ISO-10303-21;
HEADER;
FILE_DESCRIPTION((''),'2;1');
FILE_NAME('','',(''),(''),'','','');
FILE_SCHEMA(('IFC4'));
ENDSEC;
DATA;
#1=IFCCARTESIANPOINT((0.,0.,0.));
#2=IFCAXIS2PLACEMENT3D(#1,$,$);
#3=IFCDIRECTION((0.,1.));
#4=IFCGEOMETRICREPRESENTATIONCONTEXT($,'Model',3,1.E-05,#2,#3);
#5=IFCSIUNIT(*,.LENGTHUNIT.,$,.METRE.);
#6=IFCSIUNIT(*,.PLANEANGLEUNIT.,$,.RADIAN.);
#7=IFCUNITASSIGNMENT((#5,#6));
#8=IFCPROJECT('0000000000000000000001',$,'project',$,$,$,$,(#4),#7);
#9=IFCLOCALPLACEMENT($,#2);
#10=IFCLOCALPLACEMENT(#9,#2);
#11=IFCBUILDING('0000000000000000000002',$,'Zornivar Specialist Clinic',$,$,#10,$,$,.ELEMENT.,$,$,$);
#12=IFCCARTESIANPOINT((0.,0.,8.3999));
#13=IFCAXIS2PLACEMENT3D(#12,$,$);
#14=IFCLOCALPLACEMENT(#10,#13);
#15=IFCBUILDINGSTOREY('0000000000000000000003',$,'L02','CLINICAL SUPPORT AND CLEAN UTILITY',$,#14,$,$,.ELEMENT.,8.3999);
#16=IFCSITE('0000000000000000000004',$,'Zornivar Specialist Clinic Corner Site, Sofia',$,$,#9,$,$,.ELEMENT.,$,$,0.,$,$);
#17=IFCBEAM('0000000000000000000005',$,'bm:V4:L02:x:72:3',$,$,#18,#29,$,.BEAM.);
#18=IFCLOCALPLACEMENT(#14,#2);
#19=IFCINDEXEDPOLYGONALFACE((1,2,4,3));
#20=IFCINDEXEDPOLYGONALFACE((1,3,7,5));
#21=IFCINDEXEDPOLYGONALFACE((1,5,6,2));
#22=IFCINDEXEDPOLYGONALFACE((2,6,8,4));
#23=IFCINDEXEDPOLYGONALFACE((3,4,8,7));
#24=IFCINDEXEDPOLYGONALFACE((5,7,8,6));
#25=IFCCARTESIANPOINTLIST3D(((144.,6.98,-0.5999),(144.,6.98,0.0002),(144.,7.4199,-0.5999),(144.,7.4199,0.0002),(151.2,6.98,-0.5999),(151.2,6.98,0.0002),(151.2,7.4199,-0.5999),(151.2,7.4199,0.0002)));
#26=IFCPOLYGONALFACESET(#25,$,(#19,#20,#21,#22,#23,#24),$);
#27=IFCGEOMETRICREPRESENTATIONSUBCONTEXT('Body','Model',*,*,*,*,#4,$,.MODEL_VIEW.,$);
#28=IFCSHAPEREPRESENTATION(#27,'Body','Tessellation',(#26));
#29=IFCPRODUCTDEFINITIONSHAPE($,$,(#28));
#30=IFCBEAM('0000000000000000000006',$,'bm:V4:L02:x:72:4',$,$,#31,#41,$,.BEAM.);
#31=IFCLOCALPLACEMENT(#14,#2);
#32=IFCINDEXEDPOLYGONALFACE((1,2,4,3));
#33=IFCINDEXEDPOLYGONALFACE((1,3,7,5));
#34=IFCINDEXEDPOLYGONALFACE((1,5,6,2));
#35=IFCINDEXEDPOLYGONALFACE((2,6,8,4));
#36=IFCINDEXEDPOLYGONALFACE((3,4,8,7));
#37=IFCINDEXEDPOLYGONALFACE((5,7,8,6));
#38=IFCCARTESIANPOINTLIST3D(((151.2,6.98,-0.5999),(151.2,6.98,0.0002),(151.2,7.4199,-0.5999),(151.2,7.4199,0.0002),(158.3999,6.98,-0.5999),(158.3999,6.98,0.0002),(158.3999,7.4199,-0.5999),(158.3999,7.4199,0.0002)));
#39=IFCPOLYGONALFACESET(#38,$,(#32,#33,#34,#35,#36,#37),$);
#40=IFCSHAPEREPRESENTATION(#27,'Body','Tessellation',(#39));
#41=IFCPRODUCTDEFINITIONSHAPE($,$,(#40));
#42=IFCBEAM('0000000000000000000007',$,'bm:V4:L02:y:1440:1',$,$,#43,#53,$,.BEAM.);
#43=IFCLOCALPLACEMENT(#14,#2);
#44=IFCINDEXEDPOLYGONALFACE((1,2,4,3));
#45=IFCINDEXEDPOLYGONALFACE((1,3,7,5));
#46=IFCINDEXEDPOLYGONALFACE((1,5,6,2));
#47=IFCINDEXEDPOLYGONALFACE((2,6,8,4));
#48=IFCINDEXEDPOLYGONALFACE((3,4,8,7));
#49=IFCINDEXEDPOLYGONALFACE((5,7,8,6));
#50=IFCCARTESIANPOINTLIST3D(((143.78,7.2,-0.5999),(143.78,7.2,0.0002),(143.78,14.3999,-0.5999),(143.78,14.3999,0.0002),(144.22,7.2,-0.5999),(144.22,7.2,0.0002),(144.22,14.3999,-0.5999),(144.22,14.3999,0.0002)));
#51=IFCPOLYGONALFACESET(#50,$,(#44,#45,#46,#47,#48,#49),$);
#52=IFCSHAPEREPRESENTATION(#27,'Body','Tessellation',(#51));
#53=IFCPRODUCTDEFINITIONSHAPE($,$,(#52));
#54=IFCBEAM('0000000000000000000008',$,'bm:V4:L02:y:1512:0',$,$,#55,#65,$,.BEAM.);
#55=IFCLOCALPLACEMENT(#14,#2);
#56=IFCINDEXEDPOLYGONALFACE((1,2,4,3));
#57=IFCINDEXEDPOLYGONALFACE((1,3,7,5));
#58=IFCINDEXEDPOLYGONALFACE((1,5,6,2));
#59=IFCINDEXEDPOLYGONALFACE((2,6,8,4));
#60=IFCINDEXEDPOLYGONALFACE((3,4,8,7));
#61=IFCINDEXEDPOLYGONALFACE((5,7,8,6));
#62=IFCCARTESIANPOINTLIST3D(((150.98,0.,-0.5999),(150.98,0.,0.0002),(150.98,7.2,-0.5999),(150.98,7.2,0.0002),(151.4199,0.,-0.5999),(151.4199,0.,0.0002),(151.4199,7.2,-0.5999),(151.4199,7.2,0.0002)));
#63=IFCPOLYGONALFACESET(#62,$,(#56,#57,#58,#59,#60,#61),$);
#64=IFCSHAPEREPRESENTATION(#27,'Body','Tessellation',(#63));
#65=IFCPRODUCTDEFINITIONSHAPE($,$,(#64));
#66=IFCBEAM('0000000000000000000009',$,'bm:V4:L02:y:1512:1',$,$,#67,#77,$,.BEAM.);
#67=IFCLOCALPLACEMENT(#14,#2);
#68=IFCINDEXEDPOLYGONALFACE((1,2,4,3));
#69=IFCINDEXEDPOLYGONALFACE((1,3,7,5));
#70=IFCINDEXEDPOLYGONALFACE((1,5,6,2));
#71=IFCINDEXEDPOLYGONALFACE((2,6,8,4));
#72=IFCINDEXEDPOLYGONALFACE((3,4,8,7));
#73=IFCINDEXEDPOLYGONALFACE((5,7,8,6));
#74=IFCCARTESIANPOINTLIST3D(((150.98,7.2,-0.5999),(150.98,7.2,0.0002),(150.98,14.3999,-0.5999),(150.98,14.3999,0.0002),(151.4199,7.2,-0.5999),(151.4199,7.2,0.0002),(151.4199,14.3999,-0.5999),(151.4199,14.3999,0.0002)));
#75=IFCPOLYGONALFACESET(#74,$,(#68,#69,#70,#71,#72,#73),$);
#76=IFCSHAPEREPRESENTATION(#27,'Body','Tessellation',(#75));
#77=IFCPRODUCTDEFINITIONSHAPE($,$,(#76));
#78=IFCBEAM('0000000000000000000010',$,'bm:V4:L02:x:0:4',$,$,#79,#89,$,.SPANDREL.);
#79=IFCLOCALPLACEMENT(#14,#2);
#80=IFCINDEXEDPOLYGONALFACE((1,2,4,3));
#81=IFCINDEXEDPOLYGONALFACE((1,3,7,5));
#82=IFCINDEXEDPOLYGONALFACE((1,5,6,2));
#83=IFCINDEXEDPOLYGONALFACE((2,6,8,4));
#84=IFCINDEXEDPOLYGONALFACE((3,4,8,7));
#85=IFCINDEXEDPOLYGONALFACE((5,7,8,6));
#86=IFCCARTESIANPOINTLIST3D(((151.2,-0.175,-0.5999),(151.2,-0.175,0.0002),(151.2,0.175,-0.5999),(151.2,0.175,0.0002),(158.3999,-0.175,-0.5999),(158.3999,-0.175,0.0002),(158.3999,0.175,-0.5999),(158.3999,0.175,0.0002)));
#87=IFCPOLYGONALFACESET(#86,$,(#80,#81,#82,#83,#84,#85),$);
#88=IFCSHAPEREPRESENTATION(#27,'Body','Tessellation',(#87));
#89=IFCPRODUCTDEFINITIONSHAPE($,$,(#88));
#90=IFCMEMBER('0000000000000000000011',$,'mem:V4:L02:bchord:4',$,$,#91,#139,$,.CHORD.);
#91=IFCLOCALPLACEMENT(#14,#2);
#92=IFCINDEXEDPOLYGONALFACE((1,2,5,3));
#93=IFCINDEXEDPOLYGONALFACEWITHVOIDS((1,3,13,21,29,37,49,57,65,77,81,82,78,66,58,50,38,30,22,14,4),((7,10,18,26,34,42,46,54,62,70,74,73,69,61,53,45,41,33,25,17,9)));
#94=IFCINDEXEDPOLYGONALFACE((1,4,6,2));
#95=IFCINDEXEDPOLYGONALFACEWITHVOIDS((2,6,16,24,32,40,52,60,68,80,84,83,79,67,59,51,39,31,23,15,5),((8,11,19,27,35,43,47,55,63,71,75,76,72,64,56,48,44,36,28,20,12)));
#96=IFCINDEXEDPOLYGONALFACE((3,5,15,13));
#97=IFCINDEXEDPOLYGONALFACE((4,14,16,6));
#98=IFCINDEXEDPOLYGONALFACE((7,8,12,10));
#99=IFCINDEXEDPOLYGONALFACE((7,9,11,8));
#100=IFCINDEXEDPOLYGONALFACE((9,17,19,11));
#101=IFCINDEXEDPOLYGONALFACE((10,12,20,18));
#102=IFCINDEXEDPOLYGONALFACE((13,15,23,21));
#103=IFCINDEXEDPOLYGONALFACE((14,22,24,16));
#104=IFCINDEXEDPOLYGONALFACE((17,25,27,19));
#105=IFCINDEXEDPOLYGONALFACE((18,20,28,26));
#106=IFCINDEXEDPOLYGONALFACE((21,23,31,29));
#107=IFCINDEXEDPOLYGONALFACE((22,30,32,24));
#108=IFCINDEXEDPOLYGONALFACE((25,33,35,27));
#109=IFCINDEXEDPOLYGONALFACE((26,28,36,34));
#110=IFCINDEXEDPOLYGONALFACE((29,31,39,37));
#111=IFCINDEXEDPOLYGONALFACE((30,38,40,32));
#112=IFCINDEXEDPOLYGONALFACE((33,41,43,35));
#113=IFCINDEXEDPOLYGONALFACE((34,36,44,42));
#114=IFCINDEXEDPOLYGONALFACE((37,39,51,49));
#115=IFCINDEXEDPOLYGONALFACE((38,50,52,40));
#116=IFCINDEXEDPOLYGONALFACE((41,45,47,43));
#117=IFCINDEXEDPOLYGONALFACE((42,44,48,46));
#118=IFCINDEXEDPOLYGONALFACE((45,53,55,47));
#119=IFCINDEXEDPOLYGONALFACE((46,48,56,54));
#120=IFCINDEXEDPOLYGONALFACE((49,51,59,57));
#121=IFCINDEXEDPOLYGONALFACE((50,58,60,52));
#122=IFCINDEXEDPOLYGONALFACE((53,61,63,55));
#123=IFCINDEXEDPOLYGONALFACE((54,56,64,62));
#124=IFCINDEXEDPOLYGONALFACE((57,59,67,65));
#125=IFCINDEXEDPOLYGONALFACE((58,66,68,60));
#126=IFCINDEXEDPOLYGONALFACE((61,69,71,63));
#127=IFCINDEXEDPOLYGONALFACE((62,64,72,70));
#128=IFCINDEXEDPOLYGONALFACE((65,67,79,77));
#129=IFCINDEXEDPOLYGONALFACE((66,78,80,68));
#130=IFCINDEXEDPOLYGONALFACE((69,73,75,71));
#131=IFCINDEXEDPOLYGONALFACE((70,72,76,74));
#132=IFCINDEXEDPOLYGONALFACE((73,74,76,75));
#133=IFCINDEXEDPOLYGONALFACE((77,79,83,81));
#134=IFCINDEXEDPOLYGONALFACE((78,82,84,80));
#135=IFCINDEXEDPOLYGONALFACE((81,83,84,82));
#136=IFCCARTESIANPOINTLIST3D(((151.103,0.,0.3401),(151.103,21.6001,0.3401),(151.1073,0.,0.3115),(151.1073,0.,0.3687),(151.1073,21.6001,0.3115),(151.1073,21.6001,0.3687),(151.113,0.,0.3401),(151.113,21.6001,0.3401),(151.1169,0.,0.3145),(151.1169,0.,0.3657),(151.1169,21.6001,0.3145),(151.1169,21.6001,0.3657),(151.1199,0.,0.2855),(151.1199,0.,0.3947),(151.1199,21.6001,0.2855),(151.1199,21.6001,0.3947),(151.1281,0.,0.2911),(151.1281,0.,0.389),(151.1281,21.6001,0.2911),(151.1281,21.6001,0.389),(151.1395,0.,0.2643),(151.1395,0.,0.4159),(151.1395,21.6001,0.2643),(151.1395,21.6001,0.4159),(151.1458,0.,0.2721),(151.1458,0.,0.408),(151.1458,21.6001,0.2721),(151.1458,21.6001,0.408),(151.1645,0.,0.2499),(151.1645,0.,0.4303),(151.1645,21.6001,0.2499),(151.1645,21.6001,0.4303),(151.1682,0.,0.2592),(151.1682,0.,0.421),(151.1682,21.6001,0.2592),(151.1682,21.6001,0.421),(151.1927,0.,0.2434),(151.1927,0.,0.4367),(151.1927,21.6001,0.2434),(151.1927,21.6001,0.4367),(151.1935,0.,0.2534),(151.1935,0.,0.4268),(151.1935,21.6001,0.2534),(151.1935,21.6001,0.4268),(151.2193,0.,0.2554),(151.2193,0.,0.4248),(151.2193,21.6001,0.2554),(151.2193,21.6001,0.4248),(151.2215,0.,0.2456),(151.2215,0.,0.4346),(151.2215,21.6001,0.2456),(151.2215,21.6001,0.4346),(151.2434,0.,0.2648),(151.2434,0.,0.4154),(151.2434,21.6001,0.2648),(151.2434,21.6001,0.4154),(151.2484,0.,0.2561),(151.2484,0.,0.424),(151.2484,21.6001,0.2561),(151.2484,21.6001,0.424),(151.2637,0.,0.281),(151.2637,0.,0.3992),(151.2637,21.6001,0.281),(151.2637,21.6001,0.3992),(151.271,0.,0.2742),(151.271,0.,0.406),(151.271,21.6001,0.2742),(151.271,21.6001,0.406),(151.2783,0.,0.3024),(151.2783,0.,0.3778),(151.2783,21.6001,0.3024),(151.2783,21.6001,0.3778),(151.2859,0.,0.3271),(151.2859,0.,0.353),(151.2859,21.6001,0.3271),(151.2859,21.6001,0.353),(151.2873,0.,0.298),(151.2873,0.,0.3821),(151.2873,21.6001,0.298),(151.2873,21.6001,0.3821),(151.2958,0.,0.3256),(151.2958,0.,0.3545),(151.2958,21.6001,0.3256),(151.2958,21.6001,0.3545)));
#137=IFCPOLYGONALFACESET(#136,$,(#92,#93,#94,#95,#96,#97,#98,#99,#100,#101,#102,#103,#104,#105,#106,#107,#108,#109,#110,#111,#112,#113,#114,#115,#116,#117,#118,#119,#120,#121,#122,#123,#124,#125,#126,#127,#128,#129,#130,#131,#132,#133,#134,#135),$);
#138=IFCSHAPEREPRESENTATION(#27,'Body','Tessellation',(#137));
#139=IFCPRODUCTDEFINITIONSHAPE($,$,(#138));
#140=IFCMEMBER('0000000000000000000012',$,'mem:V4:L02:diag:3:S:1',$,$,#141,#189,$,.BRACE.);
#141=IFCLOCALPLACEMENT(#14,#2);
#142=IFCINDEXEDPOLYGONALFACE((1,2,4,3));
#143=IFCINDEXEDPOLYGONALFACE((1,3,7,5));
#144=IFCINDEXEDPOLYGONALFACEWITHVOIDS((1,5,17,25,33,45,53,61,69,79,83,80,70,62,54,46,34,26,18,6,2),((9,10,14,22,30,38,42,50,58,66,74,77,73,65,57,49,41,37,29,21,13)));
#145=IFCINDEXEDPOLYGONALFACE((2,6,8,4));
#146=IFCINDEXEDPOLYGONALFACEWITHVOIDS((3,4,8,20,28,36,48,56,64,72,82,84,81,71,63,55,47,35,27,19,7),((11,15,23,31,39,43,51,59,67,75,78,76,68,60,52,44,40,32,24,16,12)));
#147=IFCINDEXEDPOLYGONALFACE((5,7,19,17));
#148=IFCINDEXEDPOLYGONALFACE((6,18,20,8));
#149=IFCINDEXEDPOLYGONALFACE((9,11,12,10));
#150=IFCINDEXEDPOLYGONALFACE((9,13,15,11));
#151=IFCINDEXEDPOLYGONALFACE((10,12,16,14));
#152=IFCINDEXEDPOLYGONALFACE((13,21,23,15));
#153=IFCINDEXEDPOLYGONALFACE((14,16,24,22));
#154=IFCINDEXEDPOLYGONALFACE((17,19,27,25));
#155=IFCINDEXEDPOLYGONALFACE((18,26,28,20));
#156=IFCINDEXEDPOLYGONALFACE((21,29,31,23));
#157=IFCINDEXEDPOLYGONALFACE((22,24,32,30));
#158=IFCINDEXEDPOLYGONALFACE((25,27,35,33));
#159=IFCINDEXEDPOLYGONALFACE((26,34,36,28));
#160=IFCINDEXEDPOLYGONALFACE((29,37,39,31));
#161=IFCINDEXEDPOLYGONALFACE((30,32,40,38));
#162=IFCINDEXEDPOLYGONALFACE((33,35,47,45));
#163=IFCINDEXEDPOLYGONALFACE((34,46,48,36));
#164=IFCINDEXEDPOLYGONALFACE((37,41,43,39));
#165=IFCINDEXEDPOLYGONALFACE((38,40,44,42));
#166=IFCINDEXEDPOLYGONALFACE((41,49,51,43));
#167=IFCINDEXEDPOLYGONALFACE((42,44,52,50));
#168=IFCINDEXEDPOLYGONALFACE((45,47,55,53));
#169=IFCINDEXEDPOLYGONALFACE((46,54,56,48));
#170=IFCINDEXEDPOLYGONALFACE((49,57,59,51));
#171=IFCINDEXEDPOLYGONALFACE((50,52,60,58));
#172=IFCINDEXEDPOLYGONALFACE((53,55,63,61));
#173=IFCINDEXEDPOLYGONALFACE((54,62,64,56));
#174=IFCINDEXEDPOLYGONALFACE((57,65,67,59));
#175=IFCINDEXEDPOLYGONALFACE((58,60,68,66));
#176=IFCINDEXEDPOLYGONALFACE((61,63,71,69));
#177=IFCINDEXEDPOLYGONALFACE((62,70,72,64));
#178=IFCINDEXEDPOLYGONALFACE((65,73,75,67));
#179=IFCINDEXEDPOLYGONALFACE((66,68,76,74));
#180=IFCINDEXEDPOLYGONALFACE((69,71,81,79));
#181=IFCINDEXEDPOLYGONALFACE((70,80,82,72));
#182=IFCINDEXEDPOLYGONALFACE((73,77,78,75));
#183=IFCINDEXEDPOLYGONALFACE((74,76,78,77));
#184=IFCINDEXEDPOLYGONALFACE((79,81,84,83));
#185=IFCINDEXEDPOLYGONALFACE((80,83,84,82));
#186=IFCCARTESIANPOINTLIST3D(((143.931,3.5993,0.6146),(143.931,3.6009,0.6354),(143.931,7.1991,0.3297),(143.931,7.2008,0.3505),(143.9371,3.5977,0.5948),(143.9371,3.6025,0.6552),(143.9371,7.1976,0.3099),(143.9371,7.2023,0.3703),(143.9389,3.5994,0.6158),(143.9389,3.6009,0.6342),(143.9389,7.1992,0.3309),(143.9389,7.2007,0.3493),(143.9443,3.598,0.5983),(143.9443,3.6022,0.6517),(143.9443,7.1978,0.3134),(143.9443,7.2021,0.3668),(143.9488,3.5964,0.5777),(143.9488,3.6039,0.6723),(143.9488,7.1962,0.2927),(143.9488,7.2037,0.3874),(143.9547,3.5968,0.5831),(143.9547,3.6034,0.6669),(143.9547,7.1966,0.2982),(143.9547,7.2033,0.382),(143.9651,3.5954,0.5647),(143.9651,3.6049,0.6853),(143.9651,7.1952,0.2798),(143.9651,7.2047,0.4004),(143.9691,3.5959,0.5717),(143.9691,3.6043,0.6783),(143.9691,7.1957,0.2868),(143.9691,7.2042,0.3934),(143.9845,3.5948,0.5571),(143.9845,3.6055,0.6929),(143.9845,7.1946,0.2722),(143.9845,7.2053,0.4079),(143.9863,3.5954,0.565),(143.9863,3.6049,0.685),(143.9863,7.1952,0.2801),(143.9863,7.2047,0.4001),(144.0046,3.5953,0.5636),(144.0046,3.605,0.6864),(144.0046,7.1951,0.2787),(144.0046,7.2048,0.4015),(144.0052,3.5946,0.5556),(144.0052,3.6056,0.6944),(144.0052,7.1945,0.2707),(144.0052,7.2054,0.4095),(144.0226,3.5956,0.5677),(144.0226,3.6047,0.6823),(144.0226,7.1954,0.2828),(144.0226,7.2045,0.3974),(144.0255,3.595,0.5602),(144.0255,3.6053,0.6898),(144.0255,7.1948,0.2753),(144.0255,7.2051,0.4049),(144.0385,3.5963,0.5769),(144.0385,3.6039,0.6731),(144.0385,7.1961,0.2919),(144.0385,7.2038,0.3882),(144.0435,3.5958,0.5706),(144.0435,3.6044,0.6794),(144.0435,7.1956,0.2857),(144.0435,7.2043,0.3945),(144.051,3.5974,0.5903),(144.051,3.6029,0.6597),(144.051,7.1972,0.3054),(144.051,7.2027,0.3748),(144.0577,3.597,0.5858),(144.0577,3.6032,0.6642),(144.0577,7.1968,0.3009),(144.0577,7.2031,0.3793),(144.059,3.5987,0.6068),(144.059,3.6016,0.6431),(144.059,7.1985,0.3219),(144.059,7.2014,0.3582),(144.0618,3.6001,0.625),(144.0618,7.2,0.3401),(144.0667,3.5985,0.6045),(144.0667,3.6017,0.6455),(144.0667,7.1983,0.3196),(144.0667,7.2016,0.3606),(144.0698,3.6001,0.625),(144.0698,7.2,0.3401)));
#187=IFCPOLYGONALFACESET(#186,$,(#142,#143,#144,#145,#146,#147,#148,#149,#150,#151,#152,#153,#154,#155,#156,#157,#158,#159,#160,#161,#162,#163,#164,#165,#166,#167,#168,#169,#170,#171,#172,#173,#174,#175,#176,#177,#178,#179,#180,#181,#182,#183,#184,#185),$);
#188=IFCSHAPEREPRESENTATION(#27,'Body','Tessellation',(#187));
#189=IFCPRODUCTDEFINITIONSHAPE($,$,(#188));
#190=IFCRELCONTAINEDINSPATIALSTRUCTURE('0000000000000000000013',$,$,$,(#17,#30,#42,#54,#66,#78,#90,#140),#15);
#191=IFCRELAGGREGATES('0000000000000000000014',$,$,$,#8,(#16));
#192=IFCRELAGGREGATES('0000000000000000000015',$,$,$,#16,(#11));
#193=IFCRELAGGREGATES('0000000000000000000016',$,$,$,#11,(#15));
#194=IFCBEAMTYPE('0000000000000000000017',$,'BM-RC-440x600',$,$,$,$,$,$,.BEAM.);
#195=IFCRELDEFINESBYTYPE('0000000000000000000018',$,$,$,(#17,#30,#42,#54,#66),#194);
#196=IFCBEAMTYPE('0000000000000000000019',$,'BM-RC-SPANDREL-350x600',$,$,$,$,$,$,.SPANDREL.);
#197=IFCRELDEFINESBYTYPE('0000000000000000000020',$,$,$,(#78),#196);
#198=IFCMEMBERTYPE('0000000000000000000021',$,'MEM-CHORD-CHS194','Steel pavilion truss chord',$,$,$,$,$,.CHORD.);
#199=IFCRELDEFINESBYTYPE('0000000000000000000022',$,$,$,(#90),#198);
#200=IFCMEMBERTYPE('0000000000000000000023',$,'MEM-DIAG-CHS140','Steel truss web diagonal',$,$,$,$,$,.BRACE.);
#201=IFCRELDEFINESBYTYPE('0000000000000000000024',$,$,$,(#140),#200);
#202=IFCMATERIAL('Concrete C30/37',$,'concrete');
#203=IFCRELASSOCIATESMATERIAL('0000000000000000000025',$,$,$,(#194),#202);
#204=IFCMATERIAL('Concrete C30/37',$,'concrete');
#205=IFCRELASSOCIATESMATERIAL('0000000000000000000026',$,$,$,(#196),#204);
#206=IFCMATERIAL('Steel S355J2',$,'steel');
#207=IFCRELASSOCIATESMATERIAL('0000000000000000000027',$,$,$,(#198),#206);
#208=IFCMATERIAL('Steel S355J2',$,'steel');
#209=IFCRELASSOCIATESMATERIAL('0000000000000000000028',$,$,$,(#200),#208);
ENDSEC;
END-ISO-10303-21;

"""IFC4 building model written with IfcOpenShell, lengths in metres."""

from ifc_helpers import new_model, si_unit, direction, frame, origin, origin_2d, place, context, subcontext, project, spatial, rectangle, hollow_circle, extrude, material, material_profile, profile_set, type_object, element, save


model = new_model("IFC4")

# Units and contexts
model_context = context("Model", 3, precision=1e-05, world=origin(), true_north=direction((0.0, 1.0)))
body_context = subcontext(model_context, "Body", "Model", "MODEL_VIEW")
ifc_project = project(units=[si_unit("LENGTHUNIT", "METRE"), si_unit("PLANEANGLEUNIT", "RADIAN")], contexts=[model_context])

# Site, building, storey
site_placement = place(None, origin())
site = spatial("IfcSite", under=ifc_project, at=site_placement, Name="Zornivar Specialist Clinic Corner Site, Sofia", CompositionType="ELEMENT", RefElevation=0.0)
building_placement = place(site_placement, origin())
building = spatial("IfcBuilding", under=site, at=building_placement, Name="Zornivar Specialist Clinic", CompositionType="ELEMENT")
storey_placement = place(building_placement, frame((0.0, 0.0, 8.3999)))
storey = spatial("IfcBuildingStorey", under=building, at=storey_placement, Name="L02", Description="CLINICAL SUPPORT AND CLEAN UTILITY", CompositionType="ELEMENT", Elevation=8.3999)

# Beams
ifc_material_1 = material(Name="Concrete C30/37", Category="concrete")
ifc_material_profile_1 = material_profile(ifc_material_1, rectangle(XDim=0.4399, YDim=0.6001, at=origin_2d()), Name="RC 440x600")
ifc_profile_set_1 = profile_set([ifc_material_profile_1], Name="Concrete C30/37")
beam_type_1 = type_object("IfcBeamType", Name="BM-RC-440x600", PredefinedType="BEAM", material=ifc_profile_set_1)
for number, where, z_axis, x_axis, name in (
    (1, (144.0, 7.2, -0.2998), (1.0, 0.0, 0.0), (0.0, 1.0, 0.0), "bm:V4:L02:x:72:3"),
    (2, (151.2, 7.2, -0.2998), (1.0, 0.0, 0.0), (0.0, 1.0, 0.0), "bm:V4:L02:x:72:4"),
    (3, (144.0, 7.2, -0.2998), (0.0, 1.0, 0.0), (-1.0, 0.0, 0.0), "bm:V4:L02:y:1440:1"),
    (4, (151.2, 0.0, -0.2998), (0.0, 1.0, 0.0), (-1.0, 0.0, 0.0), "bm:V4:L02:y:1512:0"),
    (5, (151.2, 7.2, -0.2998), (0.0, 1.0, 0.0), (-1.0, 0.0, 0.0), "bm:V4:L02:y:1512:1"),
):
    element("IfcBeam", number, at=place(storey_placement, frame(where, z_axis=z_axis, x_axis=x_axis)), inside=storey, type_object=beam_type_1, Name=name, PredefinedType="BEAM", context=body_context, shape_type="SweptSolid", body=[
        extrude(rectangle(XDim=0.4399, YDim=0.6001, at=origin_2d()), origin(), (0.0, 0.0, 1.0), 7.2),
    ])
ifc_material_2 = material(Name="Concrete C30/37", Category="concrete")
ifc_material_profile_2 = material_profile(ifc_material_2, rectangle(XDim=0.3501, YDim=0.6001, at=origin_2d()), Name="RC 350x600")
ifc_profile_set_2 = profile_set([ifc_material_profile_2], Name="Concrete C30/37")
beam_type_2 = type_object("IfcBeamType", Name="BM-RC-SPANDREL-350x600", PredefinedType="SPANDREL", material=ifc_profile_set_2)
beam_placement = place(storey_placement, frame((151.2, 0.0, -0.2998), z_axis=(1.0, 0.0, 0.0), x_axis=(0.0, 1.0, 0.0)))
element("IfcBeam", 6, at=beam_placement, inside=storey, type_object=beam_type_2, Name="bm:V4:L02:x:0:4", PredefinedType="SPANDREL", context=body_context, shape_type="SweptSolid", body=[
    extrude(rectangle(XDim=0.3501, YDim=0.6001, at=origin_2d()), origin(), (0.0, 0.0, 1.0), 7.2),
])

# Members
ifc_material_3 = material(Name="Steel S355J2", Category="steel")
ifc_material_profile_3 = material_profile(ifc_material_3, hollow_circle(Radius=0.0969, WallThickness=0.01, at=origin_2d()), Name="CHS 193.7x10")
ifc_profile_set_3 = profile_set([ifc_material_profile_3], Name="Steel S355J2")
member_type_1 = type_object("IfcMemberType", Name="MEM-CHORD-CHS194", Description="Steel pavilion truss chord", PredefinedType="CHORD", material=ifc_profile_set_3)
member_1_placement = place(storey_placement, frame((151.2, 0.0, 0.3401), z_axis=(0.0, 1.0, 0.0), x_axis=(-1.0, 0.0, 0.0)))
element("IfcMember", 7, at=member_1_placement, inside=storey, type_object=member_type_1, Name="mem:V4:L02:bchord:4", PredefinedType="CHORD", context=body_context, shape_type="SweptSolid", body=[
    extrude(hollow_circle(Radius=0.0969, WallThickness=0.01, at=origin_2d()), origin(), (0.0, 0.0, 1.0), 21.6001),
])
ifc_material_4 = material(Name="Steel S355J2", Category="steel")
ifc_material_profile_4 = material_profile(ifc_material_4, hollow_circle(Radius=0.0698, WallThickness=0.0081, at=origin_2d()), Name="CHS 139.7x8")
ifc_profile_set_4 = profile_set([ifc_material_profile_4], Name="Steel S355J2")
member_type_2 = type_object("IfcMemberType", Name="MEM-DIAG-CHS140", Description="Steel truss web diagonal", PredefinedType="BRACE", material=ifc_profile_set_4)
for number, where, z_axis, x_axis, name in (
    (8, (144.0, 7.2, 0.3401), (0.0, -0.996883, 0.078899), (1.0, 0.0, 0.0), "mem:V4:L02:diag:3:S:1"),
):
    element("IfcMember", number, at=place(storey_placement, frame(where, z_axis=z_axis, x_axis=x_axis)), inside=storey, type_object=member_type_2, Name=name, PredefinedType="BRACE", context=body_context, shape_type="SweptSolid", body=[
        extrude(hollow_circle(Radius=0.0698, WallThickness=0.0081, at=origin_2d()), origin(), (0.0, 0.0, 1.0), 3.6111),
    ])

save(model, "model.ifc")
